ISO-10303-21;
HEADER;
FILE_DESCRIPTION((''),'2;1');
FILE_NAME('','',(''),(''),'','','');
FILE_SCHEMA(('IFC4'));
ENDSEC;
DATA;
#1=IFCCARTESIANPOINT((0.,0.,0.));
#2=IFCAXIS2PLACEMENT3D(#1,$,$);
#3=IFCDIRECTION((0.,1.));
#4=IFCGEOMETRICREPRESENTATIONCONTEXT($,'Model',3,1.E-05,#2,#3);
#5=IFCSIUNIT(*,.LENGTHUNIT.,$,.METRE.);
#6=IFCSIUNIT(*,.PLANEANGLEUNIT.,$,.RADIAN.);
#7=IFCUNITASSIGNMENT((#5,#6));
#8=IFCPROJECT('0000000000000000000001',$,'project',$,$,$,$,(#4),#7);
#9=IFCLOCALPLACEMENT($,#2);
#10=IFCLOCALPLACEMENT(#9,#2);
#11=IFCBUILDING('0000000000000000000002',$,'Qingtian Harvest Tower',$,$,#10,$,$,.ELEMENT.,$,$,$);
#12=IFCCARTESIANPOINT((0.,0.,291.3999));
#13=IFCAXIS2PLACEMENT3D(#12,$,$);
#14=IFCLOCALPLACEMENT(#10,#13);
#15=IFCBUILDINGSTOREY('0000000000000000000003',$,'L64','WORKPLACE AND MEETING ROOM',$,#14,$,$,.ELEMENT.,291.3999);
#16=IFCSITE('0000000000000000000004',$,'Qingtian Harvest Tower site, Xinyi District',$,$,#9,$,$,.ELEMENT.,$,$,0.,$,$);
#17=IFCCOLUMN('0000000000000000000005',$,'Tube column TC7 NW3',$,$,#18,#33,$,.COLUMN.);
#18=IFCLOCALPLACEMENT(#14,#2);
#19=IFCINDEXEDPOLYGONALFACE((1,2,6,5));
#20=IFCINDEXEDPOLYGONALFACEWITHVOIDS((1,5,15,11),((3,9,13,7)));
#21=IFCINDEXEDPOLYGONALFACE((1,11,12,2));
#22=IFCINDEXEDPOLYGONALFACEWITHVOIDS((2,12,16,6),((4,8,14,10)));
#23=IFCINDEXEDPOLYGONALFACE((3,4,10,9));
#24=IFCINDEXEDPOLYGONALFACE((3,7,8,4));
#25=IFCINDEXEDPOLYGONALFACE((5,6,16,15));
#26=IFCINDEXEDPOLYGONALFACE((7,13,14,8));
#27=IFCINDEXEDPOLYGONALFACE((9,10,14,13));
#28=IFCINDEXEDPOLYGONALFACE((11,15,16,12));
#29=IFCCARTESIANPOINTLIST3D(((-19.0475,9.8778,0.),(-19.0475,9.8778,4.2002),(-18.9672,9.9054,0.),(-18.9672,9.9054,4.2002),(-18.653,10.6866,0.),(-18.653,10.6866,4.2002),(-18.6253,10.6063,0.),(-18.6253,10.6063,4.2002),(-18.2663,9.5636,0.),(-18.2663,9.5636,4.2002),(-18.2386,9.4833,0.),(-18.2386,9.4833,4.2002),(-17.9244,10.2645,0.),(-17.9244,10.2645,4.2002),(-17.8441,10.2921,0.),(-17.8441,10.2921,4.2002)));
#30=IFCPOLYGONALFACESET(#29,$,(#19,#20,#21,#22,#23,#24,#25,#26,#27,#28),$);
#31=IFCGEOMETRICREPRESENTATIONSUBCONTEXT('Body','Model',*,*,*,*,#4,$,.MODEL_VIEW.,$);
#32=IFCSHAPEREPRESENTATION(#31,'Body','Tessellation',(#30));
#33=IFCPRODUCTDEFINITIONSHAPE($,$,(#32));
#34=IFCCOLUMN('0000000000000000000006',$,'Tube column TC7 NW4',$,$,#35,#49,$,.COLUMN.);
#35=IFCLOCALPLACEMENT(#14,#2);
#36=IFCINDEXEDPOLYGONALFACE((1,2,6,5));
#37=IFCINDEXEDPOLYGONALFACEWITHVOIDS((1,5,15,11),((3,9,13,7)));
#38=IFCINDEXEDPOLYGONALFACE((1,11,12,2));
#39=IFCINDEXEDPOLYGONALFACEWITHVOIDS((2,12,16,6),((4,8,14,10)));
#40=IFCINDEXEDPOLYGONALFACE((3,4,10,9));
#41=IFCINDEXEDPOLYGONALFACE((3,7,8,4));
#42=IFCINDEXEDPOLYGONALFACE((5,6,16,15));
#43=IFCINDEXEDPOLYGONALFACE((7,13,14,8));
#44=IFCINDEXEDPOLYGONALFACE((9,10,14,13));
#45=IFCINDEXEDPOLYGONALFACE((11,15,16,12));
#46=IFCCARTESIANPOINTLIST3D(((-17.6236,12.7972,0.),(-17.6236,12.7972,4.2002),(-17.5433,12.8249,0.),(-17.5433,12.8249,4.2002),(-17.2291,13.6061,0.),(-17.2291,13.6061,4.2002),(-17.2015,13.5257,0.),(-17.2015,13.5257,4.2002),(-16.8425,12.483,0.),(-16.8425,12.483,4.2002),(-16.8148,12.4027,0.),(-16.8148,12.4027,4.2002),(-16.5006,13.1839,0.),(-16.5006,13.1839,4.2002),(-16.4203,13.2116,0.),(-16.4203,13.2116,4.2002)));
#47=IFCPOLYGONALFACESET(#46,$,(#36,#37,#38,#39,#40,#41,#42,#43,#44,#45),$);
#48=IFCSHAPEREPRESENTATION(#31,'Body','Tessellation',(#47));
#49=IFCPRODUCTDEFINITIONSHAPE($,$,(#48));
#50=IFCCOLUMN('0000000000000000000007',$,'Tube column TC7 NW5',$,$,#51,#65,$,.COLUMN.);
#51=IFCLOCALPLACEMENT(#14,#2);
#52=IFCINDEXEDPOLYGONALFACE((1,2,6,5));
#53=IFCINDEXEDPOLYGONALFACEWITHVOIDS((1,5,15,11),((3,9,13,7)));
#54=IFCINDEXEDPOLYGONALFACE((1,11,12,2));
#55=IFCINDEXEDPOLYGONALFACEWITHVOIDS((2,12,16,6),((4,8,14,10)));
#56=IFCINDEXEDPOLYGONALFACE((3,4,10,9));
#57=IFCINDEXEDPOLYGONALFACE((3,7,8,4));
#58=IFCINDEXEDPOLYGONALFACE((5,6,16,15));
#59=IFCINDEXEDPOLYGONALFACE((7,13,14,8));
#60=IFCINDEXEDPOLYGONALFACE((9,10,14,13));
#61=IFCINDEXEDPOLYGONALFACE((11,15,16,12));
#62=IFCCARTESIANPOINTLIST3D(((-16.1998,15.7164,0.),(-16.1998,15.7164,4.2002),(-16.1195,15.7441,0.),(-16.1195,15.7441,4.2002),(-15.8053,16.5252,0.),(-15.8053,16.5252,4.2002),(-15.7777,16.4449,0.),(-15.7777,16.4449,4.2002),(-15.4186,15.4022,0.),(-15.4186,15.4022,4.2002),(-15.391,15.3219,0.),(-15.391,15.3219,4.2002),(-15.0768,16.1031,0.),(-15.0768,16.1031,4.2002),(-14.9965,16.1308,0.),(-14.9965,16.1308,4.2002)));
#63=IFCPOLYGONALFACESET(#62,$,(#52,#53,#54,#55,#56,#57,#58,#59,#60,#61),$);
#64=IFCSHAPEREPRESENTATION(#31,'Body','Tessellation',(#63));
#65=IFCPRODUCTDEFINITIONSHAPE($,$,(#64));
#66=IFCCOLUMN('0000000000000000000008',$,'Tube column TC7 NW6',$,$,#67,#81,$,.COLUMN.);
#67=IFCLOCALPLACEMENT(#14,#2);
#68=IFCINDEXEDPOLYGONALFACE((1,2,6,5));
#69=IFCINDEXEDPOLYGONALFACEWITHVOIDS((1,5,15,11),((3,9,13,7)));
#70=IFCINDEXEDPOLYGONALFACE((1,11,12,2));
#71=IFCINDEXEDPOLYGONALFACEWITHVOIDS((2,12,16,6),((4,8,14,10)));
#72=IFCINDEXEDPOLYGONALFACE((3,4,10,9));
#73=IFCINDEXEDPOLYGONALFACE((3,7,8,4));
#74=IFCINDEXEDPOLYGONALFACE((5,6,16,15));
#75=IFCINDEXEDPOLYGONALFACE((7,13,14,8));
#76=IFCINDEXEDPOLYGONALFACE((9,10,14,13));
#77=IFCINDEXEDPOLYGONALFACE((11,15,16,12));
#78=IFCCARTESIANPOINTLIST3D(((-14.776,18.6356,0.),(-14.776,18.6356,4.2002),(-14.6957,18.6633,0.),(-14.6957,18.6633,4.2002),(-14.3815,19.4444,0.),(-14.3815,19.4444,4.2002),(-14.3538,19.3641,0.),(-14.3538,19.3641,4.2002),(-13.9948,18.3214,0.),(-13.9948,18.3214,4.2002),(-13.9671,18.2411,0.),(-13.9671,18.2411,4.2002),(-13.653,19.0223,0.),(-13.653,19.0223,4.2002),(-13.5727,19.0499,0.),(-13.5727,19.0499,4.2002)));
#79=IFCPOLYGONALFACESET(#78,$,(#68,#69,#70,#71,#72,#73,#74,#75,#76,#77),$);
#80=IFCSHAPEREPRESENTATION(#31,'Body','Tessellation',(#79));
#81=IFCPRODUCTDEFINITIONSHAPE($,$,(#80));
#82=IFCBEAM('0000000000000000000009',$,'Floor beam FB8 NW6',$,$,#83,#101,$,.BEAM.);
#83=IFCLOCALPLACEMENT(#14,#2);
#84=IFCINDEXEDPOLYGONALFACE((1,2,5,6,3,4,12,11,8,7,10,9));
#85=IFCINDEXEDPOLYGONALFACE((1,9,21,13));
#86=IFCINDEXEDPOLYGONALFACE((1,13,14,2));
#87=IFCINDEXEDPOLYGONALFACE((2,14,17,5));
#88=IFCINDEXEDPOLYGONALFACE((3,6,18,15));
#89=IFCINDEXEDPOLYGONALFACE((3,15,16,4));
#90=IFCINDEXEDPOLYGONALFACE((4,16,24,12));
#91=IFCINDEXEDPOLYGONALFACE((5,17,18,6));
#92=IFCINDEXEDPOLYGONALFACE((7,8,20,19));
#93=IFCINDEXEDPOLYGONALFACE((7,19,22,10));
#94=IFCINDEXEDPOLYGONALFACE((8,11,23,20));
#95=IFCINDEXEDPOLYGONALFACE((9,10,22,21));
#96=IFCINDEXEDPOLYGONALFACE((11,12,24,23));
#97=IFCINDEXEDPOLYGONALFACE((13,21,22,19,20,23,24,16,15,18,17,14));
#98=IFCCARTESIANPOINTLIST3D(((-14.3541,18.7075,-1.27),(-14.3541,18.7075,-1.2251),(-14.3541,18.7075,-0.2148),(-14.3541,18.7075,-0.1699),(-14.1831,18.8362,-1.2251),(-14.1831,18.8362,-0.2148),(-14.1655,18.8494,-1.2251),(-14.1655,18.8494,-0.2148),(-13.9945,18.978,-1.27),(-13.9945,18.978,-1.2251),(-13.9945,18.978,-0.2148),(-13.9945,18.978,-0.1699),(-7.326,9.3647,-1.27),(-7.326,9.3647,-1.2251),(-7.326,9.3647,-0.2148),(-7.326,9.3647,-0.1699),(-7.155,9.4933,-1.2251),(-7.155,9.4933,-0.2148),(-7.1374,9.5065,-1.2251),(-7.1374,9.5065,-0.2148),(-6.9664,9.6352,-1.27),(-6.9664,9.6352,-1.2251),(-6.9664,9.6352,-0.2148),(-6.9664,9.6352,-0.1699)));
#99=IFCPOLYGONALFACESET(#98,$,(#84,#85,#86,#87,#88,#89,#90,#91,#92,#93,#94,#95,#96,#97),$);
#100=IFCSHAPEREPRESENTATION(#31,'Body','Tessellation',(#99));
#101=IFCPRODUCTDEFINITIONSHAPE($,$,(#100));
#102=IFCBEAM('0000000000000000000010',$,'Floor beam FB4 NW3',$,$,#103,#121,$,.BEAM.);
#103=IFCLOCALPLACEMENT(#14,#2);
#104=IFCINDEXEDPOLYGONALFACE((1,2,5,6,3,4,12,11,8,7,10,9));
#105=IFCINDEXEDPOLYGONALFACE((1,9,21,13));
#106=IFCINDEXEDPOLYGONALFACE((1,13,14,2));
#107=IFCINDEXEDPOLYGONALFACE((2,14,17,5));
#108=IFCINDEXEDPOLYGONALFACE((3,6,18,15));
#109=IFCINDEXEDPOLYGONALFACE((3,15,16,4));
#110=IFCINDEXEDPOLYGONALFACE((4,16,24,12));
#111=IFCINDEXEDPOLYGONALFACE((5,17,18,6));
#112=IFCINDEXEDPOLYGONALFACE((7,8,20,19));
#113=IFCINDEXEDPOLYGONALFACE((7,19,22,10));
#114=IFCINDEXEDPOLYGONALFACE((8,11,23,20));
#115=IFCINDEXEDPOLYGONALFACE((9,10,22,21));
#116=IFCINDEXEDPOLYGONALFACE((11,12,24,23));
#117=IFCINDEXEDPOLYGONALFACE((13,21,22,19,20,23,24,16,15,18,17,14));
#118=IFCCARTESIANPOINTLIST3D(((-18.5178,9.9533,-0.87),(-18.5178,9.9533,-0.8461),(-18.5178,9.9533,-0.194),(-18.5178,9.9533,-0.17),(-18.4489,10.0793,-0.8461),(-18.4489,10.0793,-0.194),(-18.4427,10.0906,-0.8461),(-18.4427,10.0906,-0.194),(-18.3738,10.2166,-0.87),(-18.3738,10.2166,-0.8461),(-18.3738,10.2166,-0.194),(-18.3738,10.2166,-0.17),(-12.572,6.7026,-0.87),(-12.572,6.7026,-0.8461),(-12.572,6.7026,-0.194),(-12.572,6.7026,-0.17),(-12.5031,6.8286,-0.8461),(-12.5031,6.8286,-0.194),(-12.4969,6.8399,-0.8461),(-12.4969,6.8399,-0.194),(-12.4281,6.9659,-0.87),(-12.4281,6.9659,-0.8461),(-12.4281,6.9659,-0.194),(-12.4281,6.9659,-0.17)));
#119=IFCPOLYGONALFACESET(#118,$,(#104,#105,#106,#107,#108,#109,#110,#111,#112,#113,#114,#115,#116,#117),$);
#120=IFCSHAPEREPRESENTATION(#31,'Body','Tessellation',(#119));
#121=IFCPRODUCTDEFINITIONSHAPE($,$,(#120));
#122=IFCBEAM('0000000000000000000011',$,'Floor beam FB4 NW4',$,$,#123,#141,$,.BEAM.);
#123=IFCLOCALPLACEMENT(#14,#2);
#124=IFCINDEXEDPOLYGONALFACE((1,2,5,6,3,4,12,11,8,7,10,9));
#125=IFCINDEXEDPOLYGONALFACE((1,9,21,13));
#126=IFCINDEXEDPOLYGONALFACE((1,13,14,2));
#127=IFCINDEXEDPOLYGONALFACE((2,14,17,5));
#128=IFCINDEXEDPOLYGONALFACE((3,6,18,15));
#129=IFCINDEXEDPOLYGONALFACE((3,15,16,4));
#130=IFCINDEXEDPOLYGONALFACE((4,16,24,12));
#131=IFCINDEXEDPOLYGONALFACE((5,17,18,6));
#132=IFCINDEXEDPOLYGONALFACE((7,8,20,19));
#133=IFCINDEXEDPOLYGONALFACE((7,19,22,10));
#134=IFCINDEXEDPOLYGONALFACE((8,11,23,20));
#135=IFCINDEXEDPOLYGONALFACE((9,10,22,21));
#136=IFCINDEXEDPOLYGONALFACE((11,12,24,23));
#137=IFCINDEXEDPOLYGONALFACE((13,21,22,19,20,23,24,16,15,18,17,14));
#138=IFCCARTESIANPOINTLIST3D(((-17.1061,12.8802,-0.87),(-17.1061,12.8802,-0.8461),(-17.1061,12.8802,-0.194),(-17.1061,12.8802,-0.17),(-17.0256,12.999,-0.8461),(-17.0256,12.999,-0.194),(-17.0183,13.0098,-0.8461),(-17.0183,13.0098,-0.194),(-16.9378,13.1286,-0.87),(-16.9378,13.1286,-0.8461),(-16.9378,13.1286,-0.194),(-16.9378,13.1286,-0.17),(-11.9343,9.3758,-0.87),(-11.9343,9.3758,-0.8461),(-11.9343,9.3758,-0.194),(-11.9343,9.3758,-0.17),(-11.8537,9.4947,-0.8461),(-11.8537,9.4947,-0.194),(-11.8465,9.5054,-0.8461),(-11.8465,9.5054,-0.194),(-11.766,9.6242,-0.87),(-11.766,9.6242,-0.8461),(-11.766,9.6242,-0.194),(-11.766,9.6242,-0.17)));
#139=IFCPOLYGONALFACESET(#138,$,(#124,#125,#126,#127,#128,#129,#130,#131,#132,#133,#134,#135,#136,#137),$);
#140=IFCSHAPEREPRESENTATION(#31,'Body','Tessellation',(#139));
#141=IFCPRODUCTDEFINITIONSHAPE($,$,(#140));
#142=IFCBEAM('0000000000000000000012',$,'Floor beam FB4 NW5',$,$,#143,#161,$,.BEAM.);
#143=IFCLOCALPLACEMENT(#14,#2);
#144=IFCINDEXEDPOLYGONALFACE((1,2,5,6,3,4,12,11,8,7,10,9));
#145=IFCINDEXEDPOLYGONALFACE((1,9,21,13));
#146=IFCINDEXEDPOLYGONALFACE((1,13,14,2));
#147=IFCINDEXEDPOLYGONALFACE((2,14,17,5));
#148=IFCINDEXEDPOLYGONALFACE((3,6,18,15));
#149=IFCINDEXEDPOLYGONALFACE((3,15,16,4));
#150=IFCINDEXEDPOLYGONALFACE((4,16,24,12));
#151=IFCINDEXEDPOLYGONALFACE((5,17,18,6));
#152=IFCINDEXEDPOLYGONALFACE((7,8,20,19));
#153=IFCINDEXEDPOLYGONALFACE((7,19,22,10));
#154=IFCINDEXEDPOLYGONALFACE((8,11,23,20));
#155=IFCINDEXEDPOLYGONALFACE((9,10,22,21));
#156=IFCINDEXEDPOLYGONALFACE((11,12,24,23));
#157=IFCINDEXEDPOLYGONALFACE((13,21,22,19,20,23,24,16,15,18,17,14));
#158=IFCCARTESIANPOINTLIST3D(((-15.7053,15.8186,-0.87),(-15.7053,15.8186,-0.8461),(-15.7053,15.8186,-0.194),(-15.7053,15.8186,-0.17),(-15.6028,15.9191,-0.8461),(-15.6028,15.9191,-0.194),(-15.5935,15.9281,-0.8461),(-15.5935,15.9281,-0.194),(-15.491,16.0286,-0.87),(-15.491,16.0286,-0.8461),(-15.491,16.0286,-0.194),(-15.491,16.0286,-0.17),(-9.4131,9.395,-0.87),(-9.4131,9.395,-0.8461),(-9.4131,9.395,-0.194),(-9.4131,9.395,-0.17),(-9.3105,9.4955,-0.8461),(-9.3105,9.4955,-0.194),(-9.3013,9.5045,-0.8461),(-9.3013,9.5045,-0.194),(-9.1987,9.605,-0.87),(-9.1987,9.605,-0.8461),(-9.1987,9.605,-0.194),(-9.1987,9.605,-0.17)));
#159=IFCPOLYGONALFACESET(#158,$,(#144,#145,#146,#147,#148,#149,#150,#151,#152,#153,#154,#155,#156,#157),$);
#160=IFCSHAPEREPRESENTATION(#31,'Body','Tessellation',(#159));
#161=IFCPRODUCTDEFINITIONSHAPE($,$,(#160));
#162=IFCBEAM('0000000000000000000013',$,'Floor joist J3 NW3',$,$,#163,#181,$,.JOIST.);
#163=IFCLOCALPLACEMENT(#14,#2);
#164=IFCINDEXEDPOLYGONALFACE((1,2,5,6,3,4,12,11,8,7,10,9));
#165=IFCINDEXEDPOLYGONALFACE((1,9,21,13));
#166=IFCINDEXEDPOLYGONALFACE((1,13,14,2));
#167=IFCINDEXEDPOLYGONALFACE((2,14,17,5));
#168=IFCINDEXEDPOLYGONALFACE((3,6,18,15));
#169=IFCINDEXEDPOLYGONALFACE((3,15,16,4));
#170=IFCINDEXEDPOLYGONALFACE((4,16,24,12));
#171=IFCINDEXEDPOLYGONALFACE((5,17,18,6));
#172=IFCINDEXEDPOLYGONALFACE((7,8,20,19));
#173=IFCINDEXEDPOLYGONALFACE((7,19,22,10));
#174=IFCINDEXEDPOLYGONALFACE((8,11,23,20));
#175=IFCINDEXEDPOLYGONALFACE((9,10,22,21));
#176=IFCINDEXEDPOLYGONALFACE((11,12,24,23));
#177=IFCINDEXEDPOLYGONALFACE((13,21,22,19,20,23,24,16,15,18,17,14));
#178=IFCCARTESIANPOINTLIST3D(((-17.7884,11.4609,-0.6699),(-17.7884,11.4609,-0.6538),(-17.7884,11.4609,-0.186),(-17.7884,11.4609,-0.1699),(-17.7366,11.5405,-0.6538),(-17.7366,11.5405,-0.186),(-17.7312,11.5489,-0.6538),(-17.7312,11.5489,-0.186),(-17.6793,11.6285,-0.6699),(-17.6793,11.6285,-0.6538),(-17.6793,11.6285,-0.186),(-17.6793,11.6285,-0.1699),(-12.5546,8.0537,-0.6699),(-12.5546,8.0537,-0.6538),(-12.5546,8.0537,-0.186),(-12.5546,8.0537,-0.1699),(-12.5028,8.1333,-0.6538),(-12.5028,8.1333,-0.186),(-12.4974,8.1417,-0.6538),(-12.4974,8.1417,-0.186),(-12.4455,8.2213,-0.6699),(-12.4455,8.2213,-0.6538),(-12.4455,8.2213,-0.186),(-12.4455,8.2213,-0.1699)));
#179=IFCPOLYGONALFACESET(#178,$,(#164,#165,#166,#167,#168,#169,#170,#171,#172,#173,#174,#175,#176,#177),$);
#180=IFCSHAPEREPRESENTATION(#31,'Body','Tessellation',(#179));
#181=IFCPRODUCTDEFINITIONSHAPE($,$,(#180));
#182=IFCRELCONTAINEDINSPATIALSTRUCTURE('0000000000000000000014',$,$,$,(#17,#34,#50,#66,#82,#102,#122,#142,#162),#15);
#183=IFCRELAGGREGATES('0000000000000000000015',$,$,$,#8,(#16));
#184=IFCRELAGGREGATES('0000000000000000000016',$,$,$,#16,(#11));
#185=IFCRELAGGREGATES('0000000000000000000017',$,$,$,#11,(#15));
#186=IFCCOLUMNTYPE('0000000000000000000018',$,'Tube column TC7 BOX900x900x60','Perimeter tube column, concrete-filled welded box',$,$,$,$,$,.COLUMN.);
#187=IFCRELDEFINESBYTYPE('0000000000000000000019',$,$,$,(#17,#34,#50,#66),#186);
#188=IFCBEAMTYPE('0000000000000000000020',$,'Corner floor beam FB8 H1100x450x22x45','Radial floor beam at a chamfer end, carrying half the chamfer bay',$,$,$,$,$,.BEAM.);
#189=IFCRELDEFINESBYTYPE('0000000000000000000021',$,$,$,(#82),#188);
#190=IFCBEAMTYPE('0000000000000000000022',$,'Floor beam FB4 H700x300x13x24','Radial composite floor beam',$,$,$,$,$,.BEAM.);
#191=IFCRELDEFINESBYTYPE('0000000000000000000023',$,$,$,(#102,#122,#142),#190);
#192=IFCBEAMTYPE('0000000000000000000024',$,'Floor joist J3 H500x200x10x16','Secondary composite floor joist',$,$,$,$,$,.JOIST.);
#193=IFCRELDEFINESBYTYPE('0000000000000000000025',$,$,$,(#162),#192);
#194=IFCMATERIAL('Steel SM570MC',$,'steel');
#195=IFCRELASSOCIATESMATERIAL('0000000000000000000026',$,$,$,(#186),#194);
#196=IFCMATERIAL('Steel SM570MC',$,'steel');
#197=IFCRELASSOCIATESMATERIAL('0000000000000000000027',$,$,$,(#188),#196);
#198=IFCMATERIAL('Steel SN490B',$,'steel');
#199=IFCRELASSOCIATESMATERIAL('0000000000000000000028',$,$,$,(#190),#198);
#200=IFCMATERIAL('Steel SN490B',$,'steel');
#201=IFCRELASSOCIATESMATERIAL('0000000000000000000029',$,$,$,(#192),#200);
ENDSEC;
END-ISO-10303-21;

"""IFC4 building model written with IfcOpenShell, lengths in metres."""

from ifc_helpers import new_model, si_unit, direction, frame, origin, origin_2d, place, context, subcontext, project, spatial, hollow_rectangle, i_section, extrude, material, material_profile, profile_set, type_object, element, save


model = new_model("IFC4")

# Units and contexts
model_context = context("Model", 3, precision=1e-05, world=origin(), true_north=direction((0.0, 1.0)))
body_context = subcontext(model_context, "Body", "Model", "MODEL_VIEW")
ifc_project = project(units=[si_unit("LENGTHUNIT", "METRE"), si_unit("PLANEANGLEUNIT", "RADIAN")], contexts=[model_context])

# Site, building, storey
site_placement = place(None, origin())
site = spatial("IfcSite", under=ifc_project, at=site_placement, Name="Qingtian Harvest Tower site, Xinyi District", CompositionType="ELEMENT", RefElevation=0.0)
building_placement = place(site_placement, origin())
building = spatial("IfcBuilding", under=site, at=building_placement, Name="Qingtian Harvest Tower", CompositionType="ELEMENT")
storey_placement = place(building_placement, frame((0.0, 0.0, 291.3999)))
storey = spatial("IfcBuildingStorey", under=building, at=storey_placement, Name="L64", Description="WORKPLACE AND MEETING ROOM", CompositionType="ELEMENT", Elevation=291.3999)

# Columns
ifc_material_1 = material(Name="Steel SM570MC", Category="steel")
ifc_material_profile_1 = material_profile(ifc_material_1, hollow_rectangle(XDim=0.8999, YDim=0.8999, WallThickness=0.0601, at=origin_2d()), Name="BOX900x900x60")
ifc_profile_set_1 = profile_set([ifc_material_profile_1], Name="Steel SM570MC")
column_type = type_object("IfcColumnType", Name="Tube column TC7 BOX900x900x60", Description="Perimeter tube column, concrete-filled welded box", PredefinedType="COLUMN", material=ifc_profile_set_1)
for number, where, z_axis, x_axis, name in (
    (1, (-18.4458, 10.085, 0.0), (0.0, 0.0, 1.0), (-0.438371, -0.898794, 0.0), "Tube column TC7 NW3"),
    (2, (-17.022, 13.0044, 0.0), (0.0, 0.0, 1.0), (-0.438371, -0.898794, 0.0), "Tube column TC7 NW4"),
    (3, (-15.5981, 15.9236, 0.0), (0.0, 0.0, 1.0), (-0.438371, -0.898794, 0.0), "Tube column TC7 NW5"),
    (4, (-14.1743, 18.8428, 0.0), (0.0, 0.0, 1.0), (-0.438371, -0.898794, 0.0), "Tube column TC7 NW6"),
):
    element("IfcColumn", number, at=place(storey_placement, frame(where, z_axis=z_axis, x_axis=x_axis)), inside=storey, type_object=column_type, Name=name, PredefinedType="COLUMN", context=body_context, shape_type="SweptSolid", body=[
        extrude(hollow_rectangle(XDim=0.8999, YDim=0.8999, WallThickness=0.0601, at=origin_2d()), origin(), (0.0, 0.0, 1.0), 4.2002),
    ])

# Beams
ifc_material_2 = material(Name="Steel SM570MC", Category="steel")
ifc_material_profile_2 = material_profile(ifc_material_2, i_section(OverallWidth=0.45, OverallDepth=1.1001, WebThickness=0.022, FlangeThickness=0.0449, at=origin_2d()), Name="H1100x450x22x45")
ifc_profile_set_2 = profile_set([ifc_material_profile_2], Name="Steel SM570MC")
beam_type_1 = type_object("IfcBeamType", Name="Corner floor beam FB8 H1100x450x22x45", Description="Radial floor beam at a chamfer end, carrying half the chamfer bay", PredefinedType="BEAM", material=ifc_profile_set_2)
beam_1_placement = place(storey_placement, frame((-14.1743, 18.8428, -0.72), z_axis=(0.601149, -0.799137, 0.0), x_axis=(0.799137, 0.601149, 0.0)))
element("IfcBeam", 5, at=beam_1_placement, inside=storey, type_object=beam_type_1, Name="Floor beam FB8 NW6", PredefinedType="BEAM", context=body_context, shape_type="SweptSolid", body=[
    extrude(i_section(OverallWidth=0.45, OverallDepth=1.1001, WebThickness=0.022, FlangeThickness=0.0449, at=origin_2d()), origin(), (0.0, 0.0, 1.0), 11.6912),
])
ifc_material_3 = material(Name="Steel SN490B", Category="steel")
ifc_material_profile_3 = material_profile(ifc_material_3, i_section(OverallWidth=0.3, OverallDepth=0.7, WebThickness=0.0129, FlangeThickness=0.0239, at=origin_2d()), Name="H700x300x13x24")
ifc_profile_set_3 = profile_set([ifc_material_profile_3], Name="Steel SN490B")
beam_type_2 = type_object("IfcBeamType", Name="Floor beam FB4 H700x300x13x24", Description="Radial composite floor beam", PredefinedType="BEAM", material=ifc_profile_set_3)
beam_2_placement = place(storey_placement, frame((-18.4458, 10.085, -0.52), z_axis=(0.877426, -0.479713, 0.0), x_axis=(0.479713, 0.877426, 0.0)))
element("IfcBeam", 6, at=beam_2_placement, inside=storey, type_object=beam_type_2, Name="Floor beam FB4 NW3", PredefinedType="BEAM", context=body_context, shape_type="SweptSolid", body=[
    extrude(i_section(OverallWidth=0.3, OverallDepth=0.7, WebThickness=0.0129, FlangeThickness=0.0239, at=origin_2d()), origin(), (0.0, 0.0, 1.0), 6.7764),
])
beam_3_placement = place(storey_placement, frame((-17.022, 13.0044, -0.52), z_axis=(0.827854, -0.560943, 0.0), x_axis=(0.560943, 0.827854, 0.0)))
element("IfcBeam", 7, at=beam_3_placement, inside=storey, type_object=beam_type_2, Name="Floor beam FB4 NW4", PredefinedType="BEAM", context=body_context, shape_type="SweptSolid", body=[
    extrude(i_section(OverallWidth=0.3, OverallDepth=0.7, WebThickness=0.0129, FlangeThickness=0.0239, at=origin_2d()), origin(), (0.0, 0.0, 1.0), 6.2473),
])
beam_4_placement = place(storey_placement, frame((-15.5981, 15.9236, -0.52), z_axis=(0.699765, -0.714373, 0.0), x_axis=(0.714373, 0.699765, 0.0)))
element("IfcBeam", 8, at=beam_4_placement, inside=storey, type_object=beam_type_2, Name="Floor beam FB4 NW5", PredefinedType="BEAM", context=body_context, shape_type="SweptSolid", body=[
    extrude(i_section(OverallWidth=0.3, OverallDepth=0.7, WebThickness=0.0129, FlangeThickness=0.0239, at=origin_2d()), origin(), (0.0, 0.0, 1.0), 8.9919),
])
ifc_material_4 = material(Name="Steel SN490B", Category="steel")
ifc_material_profile_4 = material_profile(ifc_material_4, i_section(OverallWidth=0.2, OverallDepth=0.5, WebThickness=0.01, FlangeThickness=0.0161, at=origin_2d()), Name="H500x200x10x16")
ifc_profile_set_4 = profile_set([ifc_material_profile_4], Name="Steel SN490B")
beam_type_3 = type_object("IfcBeamType", Name="Floor joist J3 H500x200x10x16", Description="Secondary composite floor joist", PredefinedType="JOIST", material=ifc_profile_set_4)
beam_5_placement = place(storey_placement, frame((-17.7339, 11.5447, -0.4199), z_axis=(0.838063, -0.545574, 0.0), x_axis=(0.545574, 0.838063, 0.0)))
element("IfcBeam", 9, at=beam_5_placement, inside=storey, type_object=beam_type_3, Name="Floor joist J3 NW3", PredefinedType="JOIST", context=body_context, shape_type="SweptSolid", body=[
    extrude(i_section(OverallWidth=0.2, OverallDepth=0.5, WebThickness=0.01, FlangeThickness=0.0161, at=origin_2d()), origin(), (0.0, 0.0, 1.0), 6.2451),
])

save(model, "model.ifc")
